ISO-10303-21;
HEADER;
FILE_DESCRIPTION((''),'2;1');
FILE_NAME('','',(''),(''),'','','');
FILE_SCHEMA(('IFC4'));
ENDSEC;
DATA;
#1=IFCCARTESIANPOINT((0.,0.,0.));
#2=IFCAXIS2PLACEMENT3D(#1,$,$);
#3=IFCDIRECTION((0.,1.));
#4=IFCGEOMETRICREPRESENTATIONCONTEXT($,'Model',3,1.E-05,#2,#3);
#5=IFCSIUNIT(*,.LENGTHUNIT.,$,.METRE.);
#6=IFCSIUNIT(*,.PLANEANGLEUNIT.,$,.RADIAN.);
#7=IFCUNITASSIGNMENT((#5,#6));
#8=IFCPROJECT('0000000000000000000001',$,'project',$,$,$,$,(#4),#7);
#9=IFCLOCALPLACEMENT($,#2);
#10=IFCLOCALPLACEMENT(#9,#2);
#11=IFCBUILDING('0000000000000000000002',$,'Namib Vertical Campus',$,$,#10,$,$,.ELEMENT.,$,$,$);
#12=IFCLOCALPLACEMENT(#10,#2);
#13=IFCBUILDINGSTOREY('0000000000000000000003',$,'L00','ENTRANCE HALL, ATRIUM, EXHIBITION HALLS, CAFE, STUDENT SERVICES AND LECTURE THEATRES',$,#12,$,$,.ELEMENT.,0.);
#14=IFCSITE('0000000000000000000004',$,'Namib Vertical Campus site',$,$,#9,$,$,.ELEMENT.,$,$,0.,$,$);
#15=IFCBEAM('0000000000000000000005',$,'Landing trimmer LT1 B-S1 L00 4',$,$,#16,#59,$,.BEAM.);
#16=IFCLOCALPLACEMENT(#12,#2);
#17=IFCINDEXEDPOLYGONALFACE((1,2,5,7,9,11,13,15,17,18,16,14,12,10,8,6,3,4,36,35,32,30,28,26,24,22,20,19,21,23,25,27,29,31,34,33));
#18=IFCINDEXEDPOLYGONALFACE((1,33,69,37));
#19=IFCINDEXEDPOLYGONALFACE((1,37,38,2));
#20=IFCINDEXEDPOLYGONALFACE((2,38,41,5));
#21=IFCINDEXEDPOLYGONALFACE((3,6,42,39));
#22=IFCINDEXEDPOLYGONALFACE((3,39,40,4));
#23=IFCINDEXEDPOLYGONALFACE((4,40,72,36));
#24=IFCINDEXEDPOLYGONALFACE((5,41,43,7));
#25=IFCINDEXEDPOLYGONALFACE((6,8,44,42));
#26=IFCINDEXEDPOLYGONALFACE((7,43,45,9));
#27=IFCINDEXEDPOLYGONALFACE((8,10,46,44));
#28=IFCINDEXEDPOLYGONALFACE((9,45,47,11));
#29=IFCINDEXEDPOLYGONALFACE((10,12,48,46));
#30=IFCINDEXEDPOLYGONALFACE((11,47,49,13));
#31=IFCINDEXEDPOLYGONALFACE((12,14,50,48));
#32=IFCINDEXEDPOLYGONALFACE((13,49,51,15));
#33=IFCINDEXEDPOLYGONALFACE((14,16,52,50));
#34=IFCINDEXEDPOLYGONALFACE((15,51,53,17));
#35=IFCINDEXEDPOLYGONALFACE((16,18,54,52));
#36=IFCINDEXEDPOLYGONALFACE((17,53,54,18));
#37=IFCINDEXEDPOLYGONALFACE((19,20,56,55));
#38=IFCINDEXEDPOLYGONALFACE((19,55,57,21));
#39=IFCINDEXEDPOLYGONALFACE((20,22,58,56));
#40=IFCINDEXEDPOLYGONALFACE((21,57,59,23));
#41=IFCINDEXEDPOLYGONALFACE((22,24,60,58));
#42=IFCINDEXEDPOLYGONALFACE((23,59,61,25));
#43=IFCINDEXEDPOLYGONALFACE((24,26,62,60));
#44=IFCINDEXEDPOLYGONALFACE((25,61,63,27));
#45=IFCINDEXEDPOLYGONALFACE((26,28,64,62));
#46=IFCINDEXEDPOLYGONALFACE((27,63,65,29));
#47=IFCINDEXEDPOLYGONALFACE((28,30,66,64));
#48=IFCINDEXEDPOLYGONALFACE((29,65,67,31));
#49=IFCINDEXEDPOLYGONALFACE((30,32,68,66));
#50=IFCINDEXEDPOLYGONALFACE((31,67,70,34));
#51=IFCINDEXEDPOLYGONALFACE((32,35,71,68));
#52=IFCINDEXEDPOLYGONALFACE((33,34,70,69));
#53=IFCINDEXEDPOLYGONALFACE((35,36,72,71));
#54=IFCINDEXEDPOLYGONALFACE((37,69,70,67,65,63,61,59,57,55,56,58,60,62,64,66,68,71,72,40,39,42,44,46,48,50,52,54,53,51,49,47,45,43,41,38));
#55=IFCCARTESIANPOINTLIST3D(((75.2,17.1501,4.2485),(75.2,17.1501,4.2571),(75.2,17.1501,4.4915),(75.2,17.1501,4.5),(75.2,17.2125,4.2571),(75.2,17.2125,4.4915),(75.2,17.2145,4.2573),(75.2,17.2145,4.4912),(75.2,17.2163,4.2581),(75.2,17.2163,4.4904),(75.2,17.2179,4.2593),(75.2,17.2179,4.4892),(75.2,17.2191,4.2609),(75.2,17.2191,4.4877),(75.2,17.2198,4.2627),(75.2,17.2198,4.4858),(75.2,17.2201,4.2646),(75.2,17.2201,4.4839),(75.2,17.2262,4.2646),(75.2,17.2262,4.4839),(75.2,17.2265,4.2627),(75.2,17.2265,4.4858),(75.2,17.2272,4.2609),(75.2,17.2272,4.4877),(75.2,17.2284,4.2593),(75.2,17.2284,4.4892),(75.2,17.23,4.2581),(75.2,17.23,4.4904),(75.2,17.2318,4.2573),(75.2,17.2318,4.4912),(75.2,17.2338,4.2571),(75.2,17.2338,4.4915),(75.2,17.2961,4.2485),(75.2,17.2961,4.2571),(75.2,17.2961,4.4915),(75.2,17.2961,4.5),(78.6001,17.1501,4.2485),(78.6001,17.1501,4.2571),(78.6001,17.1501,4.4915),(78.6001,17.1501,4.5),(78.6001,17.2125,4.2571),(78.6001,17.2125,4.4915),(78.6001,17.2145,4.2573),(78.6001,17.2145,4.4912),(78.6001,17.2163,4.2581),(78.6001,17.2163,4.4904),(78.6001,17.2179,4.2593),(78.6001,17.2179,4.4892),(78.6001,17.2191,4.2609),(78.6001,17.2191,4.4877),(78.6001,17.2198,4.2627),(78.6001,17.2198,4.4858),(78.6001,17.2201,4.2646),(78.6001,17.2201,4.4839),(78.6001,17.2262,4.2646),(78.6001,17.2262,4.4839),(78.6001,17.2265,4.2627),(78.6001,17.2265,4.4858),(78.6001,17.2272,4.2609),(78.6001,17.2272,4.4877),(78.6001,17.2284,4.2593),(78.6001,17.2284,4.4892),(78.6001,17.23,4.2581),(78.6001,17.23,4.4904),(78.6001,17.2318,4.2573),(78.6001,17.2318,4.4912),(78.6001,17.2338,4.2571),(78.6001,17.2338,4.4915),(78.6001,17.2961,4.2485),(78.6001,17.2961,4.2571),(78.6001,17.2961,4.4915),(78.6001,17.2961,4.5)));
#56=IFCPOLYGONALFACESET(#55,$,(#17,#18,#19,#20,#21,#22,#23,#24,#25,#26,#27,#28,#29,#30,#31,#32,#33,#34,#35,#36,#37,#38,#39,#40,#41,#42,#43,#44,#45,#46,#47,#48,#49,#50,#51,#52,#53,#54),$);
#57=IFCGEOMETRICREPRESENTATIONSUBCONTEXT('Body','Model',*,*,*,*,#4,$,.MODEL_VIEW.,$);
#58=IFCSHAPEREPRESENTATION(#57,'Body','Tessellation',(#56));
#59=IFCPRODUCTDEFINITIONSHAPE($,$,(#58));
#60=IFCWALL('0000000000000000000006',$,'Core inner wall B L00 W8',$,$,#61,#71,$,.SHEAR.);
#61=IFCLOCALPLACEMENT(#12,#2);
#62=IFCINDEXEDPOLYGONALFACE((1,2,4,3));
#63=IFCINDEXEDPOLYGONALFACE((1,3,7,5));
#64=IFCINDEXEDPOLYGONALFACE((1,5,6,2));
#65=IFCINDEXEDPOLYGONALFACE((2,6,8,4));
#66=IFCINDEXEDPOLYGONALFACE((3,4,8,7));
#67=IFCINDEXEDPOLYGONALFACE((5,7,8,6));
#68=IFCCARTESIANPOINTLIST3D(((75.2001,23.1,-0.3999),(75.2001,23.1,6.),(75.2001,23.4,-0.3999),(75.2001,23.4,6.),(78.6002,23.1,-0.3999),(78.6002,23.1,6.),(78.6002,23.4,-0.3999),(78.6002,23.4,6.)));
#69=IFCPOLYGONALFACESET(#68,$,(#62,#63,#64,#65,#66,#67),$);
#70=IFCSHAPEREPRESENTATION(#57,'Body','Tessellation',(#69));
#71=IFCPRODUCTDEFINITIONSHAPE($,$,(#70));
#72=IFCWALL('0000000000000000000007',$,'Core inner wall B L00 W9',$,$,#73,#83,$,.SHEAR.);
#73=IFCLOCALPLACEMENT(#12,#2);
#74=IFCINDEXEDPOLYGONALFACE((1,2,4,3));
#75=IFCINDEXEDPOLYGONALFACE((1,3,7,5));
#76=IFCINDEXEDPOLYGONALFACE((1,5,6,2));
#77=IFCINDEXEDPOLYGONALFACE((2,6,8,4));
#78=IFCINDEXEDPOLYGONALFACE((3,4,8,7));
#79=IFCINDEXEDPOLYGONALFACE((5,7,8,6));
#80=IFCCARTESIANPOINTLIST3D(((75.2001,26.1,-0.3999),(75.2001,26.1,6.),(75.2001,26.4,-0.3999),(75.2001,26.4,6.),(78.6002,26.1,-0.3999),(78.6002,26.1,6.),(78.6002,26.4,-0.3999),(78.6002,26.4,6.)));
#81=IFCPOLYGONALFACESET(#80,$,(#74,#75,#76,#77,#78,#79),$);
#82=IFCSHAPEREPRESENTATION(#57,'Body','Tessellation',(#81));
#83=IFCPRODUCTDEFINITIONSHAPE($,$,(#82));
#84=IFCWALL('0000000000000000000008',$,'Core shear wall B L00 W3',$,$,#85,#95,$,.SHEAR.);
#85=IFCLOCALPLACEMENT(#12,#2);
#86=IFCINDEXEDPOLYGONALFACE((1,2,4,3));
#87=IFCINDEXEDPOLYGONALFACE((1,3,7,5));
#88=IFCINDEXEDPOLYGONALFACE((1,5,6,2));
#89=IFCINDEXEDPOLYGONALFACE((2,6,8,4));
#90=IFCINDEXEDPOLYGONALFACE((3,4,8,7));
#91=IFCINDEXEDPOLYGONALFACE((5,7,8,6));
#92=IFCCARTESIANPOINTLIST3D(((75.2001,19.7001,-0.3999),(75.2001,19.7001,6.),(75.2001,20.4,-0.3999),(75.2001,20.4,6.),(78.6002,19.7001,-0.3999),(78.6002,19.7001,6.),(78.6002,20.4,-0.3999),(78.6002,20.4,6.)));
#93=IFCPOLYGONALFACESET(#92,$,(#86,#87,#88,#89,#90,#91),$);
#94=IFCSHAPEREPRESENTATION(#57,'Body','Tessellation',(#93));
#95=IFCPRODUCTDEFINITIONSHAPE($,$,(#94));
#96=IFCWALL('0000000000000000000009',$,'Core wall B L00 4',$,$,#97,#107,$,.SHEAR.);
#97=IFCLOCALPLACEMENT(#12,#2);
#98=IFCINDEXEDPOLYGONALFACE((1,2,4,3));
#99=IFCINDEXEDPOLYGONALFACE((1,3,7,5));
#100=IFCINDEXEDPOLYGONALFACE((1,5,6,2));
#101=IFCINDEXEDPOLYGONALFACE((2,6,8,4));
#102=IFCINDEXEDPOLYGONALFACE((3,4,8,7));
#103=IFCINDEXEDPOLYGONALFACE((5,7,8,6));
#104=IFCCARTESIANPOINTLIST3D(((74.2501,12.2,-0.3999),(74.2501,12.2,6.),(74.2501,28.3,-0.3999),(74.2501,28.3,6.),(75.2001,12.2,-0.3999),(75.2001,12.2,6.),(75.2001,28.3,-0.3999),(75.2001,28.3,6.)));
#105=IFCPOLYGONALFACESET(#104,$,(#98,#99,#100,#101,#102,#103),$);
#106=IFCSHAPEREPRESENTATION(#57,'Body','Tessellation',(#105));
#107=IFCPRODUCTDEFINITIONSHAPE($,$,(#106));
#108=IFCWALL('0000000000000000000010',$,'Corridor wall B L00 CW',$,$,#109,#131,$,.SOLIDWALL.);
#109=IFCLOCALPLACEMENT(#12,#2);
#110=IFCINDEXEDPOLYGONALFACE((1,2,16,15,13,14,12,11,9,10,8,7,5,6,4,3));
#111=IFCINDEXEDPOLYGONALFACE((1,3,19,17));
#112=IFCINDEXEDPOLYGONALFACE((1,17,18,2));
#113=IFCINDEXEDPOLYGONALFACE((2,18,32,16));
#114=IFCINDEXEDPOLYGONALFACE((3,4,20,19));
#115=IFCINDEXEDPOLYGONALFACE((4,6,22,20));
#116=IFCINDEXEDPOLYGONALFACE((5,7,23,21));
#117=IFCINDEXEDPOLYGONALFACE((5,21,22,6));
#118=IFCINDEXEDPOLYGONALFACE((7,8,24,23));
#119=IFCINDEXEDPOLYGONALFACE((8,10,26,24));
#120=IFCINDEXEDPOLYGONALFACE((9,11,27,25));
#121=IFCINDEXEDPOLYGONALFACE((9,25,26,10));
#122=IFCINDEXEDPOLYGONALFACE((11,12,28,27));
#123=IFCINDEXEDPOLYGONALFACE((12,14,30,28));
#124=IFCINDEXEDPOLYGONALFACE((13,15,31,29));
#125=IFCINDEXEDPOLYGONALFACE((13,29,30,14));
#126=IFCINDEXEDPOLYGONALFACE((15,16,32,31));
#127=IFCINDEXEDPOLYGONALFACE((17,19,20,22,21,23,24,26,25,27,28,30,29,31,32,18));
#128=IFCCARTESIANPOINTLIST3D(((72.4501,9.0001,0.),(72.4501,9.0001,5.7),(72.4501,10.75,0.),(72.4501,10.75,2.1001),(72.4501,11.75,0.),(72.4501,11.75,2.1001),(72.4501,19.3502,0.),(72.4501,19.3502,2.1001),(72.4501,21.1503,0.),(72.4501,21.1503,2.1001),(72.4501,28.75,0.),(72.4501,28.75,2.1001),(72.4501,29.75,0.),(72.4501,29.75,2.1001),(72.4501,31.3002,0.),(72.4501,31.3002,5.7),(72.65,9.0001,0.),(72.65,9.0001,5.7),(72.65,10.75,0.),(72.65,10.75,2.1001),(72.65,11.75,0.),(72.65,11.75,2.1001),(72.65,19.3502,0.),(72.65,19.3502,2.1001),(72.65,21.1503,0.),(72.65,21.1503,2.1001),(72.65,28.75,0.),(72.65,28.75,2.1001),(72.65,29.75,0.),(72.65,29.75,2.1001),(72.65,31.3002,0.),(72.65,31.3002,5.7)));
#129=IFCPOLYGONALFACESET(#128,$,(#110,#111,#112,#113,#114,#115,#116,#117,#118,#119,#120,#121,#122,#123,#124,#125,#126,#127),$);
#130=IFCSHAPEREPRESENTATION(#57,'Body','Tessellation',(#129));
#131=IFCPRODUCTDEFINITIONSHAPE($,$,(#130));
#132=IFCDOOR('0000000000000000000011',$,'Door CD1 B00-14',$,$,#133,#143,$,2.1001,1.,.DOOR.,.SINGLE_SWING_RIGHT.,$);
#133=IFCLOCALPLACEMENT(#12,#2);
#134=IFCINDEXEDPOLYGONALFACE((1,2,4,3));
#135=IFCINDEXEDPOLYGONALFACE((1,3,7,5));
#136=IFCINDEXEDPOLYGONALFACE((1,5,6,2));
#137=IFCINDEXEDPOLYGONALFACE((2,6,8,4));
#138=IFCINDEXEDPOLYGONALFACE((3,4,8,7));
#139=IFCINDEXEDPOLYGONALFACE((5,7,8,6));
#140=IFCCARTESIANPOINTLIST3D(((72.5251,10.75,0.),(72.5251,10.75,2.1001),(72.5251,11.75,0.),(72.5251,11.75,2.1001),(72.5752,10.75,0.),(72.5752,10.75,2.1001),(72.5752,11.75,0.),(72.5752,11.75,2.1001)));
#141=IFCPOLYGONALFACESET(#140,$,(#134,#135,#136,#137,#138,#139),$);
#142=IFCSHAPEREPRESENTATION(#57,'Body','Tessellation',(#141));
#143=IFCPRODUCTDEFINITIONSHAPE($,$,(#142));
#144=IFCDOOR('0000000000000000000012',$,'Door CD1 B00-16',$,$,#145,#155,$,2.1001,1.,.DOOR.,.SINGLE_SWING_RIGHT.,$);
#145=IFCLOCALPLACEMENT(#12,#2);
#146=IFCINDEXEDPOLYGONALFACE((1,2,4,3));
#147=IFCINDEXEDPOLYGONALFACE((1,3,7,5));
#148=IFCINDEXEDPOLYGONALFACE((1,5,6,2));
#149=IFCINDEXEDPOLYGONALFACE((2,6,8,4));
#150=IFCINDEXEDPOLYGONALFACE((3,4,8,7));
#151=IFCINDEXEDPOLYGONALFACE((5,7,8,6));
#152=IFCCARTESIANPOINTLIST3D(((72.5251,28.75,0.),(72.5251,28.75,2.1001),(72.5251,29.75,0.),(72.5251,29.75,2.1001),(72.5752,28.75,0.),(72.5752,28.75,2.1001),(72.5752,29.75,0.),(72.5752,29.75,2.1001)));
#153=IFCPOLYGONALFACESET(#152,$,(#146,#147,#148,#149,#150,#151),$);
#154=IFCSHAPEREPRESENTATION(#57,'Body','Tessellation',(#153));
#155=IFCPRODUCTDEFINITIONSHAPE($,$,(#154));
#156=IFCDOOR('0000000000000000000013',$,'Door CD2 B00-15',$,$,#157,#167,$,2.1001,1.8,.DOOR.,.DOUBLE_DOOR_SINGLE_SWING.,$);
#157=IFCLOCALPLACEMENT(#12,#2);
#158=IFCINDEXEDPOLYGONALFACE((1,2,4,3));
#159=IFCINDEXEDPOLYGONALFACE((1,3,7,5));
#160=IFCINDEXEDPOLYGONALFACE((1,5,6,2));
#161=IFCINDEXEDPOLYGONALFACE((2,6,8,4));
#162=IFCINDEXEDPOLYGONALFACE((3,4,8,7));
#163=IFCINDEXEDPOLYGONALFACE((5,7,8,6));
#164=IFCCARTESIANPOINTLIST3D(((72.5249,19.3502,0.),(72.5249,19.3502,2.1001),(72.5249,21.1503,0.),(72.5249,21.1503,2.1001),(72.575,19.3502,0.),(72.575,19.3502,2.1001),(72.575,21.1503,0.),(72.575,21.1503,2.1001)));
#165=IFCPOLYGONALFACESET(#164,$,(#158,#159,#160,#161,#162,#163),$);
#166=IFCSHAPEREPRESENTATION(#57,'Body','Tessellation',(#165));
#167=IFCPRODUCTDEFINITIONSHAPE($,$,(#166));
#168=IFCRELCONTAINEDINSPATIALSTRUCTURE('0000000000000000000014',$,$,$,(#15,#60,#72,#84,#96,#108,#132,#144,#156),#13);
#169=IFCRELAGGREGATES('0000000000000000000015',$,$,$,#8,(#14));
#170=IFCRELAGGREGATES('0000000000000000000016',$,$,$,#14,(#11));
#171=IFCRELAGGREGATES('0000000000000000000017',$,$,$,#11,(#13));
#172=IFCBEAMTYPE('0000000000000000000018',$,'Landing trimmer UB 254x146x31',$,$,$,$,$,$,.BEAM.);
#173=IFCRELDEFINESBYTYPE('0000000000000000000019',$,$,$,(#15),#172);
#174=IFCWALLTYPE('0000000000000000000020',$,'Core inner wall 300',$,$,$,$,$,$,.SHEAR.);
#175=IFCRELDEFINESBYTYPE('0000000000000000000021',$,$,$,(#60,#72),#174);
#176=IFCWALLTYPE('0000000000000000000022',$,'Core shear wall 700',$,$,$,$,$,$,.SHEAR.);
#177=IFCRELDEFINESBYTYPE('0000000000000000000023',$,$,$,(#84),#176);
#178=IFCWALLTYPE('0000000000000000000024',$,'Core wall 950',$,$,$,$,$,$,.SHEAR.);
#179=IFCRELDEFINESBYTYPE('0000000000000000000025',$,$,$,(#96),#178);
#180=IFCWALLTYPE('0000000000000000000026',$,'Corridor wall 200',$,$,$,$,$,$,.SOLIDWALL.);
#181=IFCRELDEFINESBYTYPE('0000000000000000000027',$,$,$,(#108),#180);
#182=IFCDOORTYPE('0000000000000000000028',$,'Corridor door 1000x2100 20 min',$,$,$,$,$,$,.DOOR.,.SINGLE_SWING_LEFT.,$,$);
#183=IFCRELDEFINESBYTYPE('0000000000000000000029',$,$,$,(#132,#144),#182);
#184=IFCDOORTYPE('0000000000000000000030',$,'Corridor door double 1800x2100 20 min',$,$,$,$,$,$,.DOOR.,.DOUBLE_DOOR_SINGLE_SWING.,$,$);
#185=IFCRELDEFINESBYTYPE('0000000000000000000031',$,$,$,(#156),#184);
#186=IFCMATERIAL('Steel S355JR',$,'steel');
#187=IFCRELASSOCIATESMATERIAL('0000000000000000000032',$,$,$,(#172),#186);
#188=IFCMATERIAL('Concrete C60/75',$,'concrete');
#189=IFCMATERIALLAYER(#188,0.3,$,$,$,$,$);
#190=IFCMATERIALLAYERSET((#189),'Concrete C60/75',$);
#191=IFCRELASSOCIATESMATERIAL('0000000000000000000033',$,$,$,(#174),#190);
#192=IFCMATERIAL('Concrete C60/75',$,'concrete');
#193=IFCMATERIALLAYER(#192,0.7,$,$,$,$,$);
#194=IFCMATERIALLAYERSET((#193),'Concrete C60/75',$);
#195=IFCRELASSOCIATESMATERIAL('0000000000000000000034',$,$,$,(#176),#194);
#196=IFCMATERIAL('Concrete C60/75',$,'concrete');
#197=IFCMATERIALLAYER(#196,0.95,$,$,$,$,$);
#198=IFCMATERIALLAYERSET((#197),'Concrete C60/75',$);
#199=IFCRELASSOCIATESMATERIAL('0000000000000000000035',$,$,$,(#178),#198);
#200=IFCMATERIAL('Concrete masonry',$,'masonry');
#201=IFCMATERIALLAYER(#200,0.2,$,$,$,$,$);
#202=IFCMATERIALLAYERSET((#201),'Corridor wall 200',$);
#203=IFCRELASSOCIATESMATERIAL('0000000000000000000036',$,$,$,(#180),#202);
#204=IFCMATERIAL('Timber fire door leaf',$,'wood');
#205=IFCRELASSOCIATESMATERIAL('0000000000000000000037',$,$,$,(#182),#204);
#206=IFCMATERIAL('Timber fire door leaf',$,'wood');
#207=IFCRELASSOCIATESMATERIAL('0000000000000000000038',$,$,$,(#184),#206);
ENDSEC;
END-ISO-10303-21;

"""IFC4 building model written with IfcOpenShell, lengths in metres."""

from ifc_helpers import new_model, si_unit, direction, frame, frame_2d, origin, origin_2d, place, context, subcontext, project, spatial, rectangle, i_section, extrude, material, layer, layer_set, material_profile, profile_set, type_object, element, fill, save


model = new_model("IFC4")

# Units and contexts
model_context = context("Model", 3, precision=1e-05, world=origin(), true_north=direction((0.0, 1.0)))
body_context = subcontext(model_context, "Body", "Model", "MODEL_VIEW")
ifc_project = project(units=[si_unit("LENGTHUNIT", "METRE"), si_unit("PLANEANGLEUNIT", "RADIAN")], contexts=[model_context])

# Site, building, storey
site_placement = place(None, origin())
site = spatial("IfcSite", under=ifc_project, at=site_placement, Name="Namib Vertical Campus site", CompositionType="ELEMENT", RefElevation=0.0)
building_placement = place(site_placement, origin())
building = spatial("IfcBuilding", under=site, at=building_placement, Name="Namib Vertical Campus", CompositionType="ELEMENT")
storey_placement = place(building_placement, origin())
storey = spatial("IfcBuildingStorey", under=building, at=storey_placement, Name="L00", Description="ENTRANCE HALL, ATRIUM, EXHIBITION HALLS, CAFE, STUDENT SERVICES AND LECTURE THEATRES", CompositionType="ELEMENT", Elevation=0.0)

# Beam
ifc_material_1 = material(Name="Steel S355JR", Category="steel")
ifc_material_profile_1 = material_profile(ifc_material_1, i_section(OverallWidth=0.146, OverallDepth=0.2515, WebThickness=0.0061, FlangeThickness=0.0085, FilletRadius=0.0076, at=origin_2d()))
ifc_profile_set_1 = profile_set([ifc_material_profile_1], Name="Steel S355JR")
beam_type = type_object("IfcBeamType", Name="Landing trimmer UB 254x146x31", PredefinedType="BEAM", material=ifc_profile_set_1)
beam_placement = place(storey_placement, frame((75.2, 17.2231, 4.3743), z_axis=(1.0, 0.0, 0.0), x_axis=(0.0, 1.0, 0.0)))
element("IfcBeam", 1, at=beam_placement, inside=storey, type_object=beam_type, Name="Landing trimmer LT1 B-S1 L00 4", PredefinedType="BEAM", context=body_context, shape_type="SweptSolid", body=[
    extrude(i_section(OverallWidth=0.146, OverallDepth=0.2515, WebThickness=0.0061, FlangeThickness=0.0085, FilletRadius=0.0076, at=origin_2d()), origin(), (0.0, 0.0, 1.0), 3.4001),
])

# Walls
ifc_material_2 = material(Name="Concrete C60/75", Category="concrete")
ifc_layer_1 = layer(ifc_material_2, 0.3)
ifc_layer_set_1 = layer_set([ifc_layer_1], Name="Concrete C60/75")
wall_type_1 = type_object("IfcWallType", Name="Core inner wall 300", PredefinedType="SHEAR", material=ifc_layer_set_1)
for number, where, z_axis, x_axis, name in (
    (2, (75.2, 23.25, -0.3999), (0.0, 0.0, 1.0), (1.0, 0.0, 0.0), "Core inner wall B L00 W8"),
    (3, (75.2, 26.25, -0.3999), (0.0, 0.0, 1.0), (1.0, 0.0, 0.0), "Core inner wall B L00 W9"),
):
    element("IfcWall", number, at=place(storey_placement, frame(where, z_axis=z_axis, x_axis=x_axis)), inside=storey, type_object=wall_type_1, Name=name, PredefinedType="SHEAR", context=body_context, shape_type="SweptSolid", body=[
        extrude(rectangle(XDim=3.4001, YDim=0.3, at=frame_2d((1.7002, 0.0))), origin(), (0.0, 0.0, 1.0), 6.3999),
    ])
ifc_material_3 = material(Name="Concrete C60/75", Category="concrete")
ifc_layer_2 = layer(ifc_material_3, 0.7)
ifc_layer_set_2 = layer_set([ifc_layer_2], Name="Concrete C60/75")
wall_type_2 = type_object("IfcWallType", Name="Core shear wall 700", PredefinedType="SHEAR", material=ifc_layer_set_2)
wall_1_placement = place(storey_placement, frame((75.2, 20.05, -0.3999), z_axis=(0.0, 0.0, 1.0), x_axis=(1.0, 0.0, 0.0)))
element("IfcWall", 4, at=wall_1_placement, inside=storey, type_object=wall_type_2, Name="Core shear wall B L00 W3", PredefinedType="SHEAR", context=body_context, shape_type="SweptSolid", body=[
    extrude(rectangle(XDim=3.4001, YDim=0.7, at=frame_2d((1.7002, 0.0))), origin(), (0.0, 0.0, 1.0), 6.3999),
])
ifc_material_4 = material(Name="Concrete C60/75", Category="concrete")
ifc_layer_3 = layer(ifc_material_4, 0.95)
ifc_layer_set_3 = layer_set([ifc_layer_3], Name="Concrete C60/75")
wall_type_3 = type_object("IfcWallType", Name="Core wall 950", PredefinedType="SHEAR", material=ifc_layer_set_3)
wall_2_placement = place(storey_placement, frame((74.7251, 28.3, -0.3999), z_axis=(0.0, 0.0, 1.0), x_axis=(0.0, -1.0, 0.0)))
element("IfcWall", 5, at=wall_2_placement, inside=storey, type_object=wall_type_3, Name="Core wall B L00 4", PredefinedType="SHEAR", context=body_context, shape_type="SweptSolid", body=[
    extrude(rectangle(XDim=16.1001, YDim=0.95, at=frame_2d((8.05, 0.0))), origin(), (0.0, 0.0, 1.0), 6.3999),
])

# Wall, openings, doors
ifc_material_5 = material(Name="Concrete masonry", Category="masonry")
ifc_layer_4 = layer(ifc_material_5, 0.2)
ifc_layer_set_4 = layer_set([ifc_layer_4], Name="Corridor wall 200")
wall_type_4 = type_object("IfcWallType", Name="Corridor wall 200", PredefinedType="SOLIDWALL", material=ifc_layer_set_4)
wall_3_placement = place(storey_placement, frame((72.55, 31.3, 0.0), z_axis=(0.0, 0.0, 1.0), x_axis=(0.0, -1.0, 0.0)))
wall_3 = element("IfcWall", 6, at=wall_3_placement, inside=storey, type_object=wall_type_4, Name="Corridor wall B L00 CW", PredefinedType="SOLIDWALL", context=body_context, shape_type="SweptSolid", body=[
    extrude(rectangle(XDim=22.3, YDim=0.2, at=frame_2d((11.1499, 0.0))), origin(), (0.0, 0.0, 1.0), 5.7),
])
opening_1_placement = place(wall_3_placement, frame((19.55, 0.0, 0.0)))
opening_1 = element("IfcOpeningElement", 7, at=opening_1_placement, cuts=wall_3, PredefinedType="OPENING", context=body_context, shape_type="SweptSolid", body=[
    extrude(rectangle(XDim=1.0, YDim=2.1001, at=frame_2d((0.5, 1.05))), frame((0.0, 0.1099, 0.0), z_axis=(0.0, -1.0, 0.0), x_axis=(1.0, 0.0, 0.0)), (0.0, 0.0, 1.0), 0.22),
])
opening_2_placement = place(wall_3_placement, frame((10.1499, 0.0, 0.0)))
opening_2 = element("IfcOpeningElement", 8, at=opening_2_placement, cuts=wall_3, PredefinedType="OPENING", context=body_context, shape_type="SweptSolid", body=[
    extrude(rectangle(XDim=1.8, YDim=2.1001, at=frame_2d((0.8999, 1.05))), frame((0.0, 0.1099, 0.0), z_axis=(0.0, -1.0, 0.0), x_axis=(1.0, 0.0, 0.0)), (0.0, 0.0, 1.0), 0.22),
])
opening_3_placement = place(wall_3_placement, frame((1.55, 0.0, 0.0)))
opening_3 = element("IfcOpeningElement", 9, at=opening_3_placement, cuts=wall_3, PredefinedType="OPENING", context=body_context, shape_type="SweptSolid", body=[
    extrude(rectangle(XDim=1.0, YDim=2.1001, at=frame_2d((0.5, 1.05))), frame((0.0, 0.1099, 0.0), z_axis=(0.0, -1.0, 0.0), x_axis=(1.0, 0.0, 0.0)), (0.0, 0.0, 1.0), 0.22),
])
ifc_material_6 = material(Name="Timber fire door leaf", Category="wood")
door_type_1 = type_object("IfcDoorType", Name="Corridor door 1000x2100 20 min", OperationType="SINGLE_SWING_LEFT", PredefinedType="DOOR", material=ifc_material_6)
door_1_placement = place(opening_1_placement, frame((1.0, 0.0, 0.0), z_axis=(0.0, 0.0, 1.0), x_axis=(-1.0, 0.0, 0.0)))
door_1 = element("IfcDoor", 10, at=door_1_placement, inside=storey, type_object=door_type_1, Name="Door CD1 B00-14", OperationType="SINGLE_SWING_RIGHT", OverallHeight=2.1001, OverallWidth=1.0, PredefinedType="DOOR", context=body_context, shape_type="SweptSolid", body=[
    extrude(rectangle(XDim=1.0, YDim=2.1001, at=frame_2d((0.5, 1.05))), frame((0.0, 0.0249, 0.0), z_axis=(0.0, -1.0, 0.0), x_axis=(1.0, 0.0, 0.0)), (0.0, 0.0, 1.0), 0.05),
])
fill(opening_1, door_1)
door_2_placement = place(opening_3_placement, frame((1.0, 0.0, 0.0), z_axis=(0.0, 0.0, 1.0), x_axis=(-1.0, 0.0, 0.0)))
door_2 = element("IfcDoor", 11, at=door_2_placement, inside=storey, type_object=door_type_1, Name="Door CD1 B00-16", OperationType="SINGLE_SWING_RIGHT", OverallHeight=2.1001, OverallWidth=1.0, PredefinedType="DOOR", context=body_context, shape_type="SweptSolid", body=[
    extrude(rectangle(XDim=1.0, YDim=2.1001, at=frame_2d((0.5, 1.05))), frame((0.0, 0.0249, 0.0), z_axis=(0.0, -1.0, 0.0), x_axis=(1.0, 0.0, 0.0)), (0.0, 0.0, 1.0), 0.05),
])
fill(opening_3, door_2)
ifc_material_7 = material(Name="Timber fire door leaf", Category="wood")
door_type_2 = type_object("IfcDoorType", Name="Corridor door double 1800x2100 20 min", OperationType="DOUBLE_DOOR_SINGLE_SWING", PredefinedType="DOOR", material=ifc_material_7)
door_3_placement = place(opening_2_placement, origin())
door_3 = element("IfcDoor", 12, at=door_3_placement, inside=storey, type_object=door_type_2, Name="Door CD2 B00-15", OperationType="DOUBLE_DOOR_SINGLE_SWING", OverallHeight=2.1001, OverallWidth=1.8, PredefinedType="DOOR", context=body_context, shape_type="SweptSolid", body=[
    extrude(rectangle(XDim=1.8, YDim=2.1001, at=frame_2d((0.8999, 1.05))), frame((0.0, 0.0249, 0.0), z_axis=(0.0, -1.0, 0.0), x_axis=(1.0, 0.0, 0.0)), (0.0, 0.0, 1.0), 0.05),
])
fill(opening_2, door_3)

save(model, "model.ifc")
